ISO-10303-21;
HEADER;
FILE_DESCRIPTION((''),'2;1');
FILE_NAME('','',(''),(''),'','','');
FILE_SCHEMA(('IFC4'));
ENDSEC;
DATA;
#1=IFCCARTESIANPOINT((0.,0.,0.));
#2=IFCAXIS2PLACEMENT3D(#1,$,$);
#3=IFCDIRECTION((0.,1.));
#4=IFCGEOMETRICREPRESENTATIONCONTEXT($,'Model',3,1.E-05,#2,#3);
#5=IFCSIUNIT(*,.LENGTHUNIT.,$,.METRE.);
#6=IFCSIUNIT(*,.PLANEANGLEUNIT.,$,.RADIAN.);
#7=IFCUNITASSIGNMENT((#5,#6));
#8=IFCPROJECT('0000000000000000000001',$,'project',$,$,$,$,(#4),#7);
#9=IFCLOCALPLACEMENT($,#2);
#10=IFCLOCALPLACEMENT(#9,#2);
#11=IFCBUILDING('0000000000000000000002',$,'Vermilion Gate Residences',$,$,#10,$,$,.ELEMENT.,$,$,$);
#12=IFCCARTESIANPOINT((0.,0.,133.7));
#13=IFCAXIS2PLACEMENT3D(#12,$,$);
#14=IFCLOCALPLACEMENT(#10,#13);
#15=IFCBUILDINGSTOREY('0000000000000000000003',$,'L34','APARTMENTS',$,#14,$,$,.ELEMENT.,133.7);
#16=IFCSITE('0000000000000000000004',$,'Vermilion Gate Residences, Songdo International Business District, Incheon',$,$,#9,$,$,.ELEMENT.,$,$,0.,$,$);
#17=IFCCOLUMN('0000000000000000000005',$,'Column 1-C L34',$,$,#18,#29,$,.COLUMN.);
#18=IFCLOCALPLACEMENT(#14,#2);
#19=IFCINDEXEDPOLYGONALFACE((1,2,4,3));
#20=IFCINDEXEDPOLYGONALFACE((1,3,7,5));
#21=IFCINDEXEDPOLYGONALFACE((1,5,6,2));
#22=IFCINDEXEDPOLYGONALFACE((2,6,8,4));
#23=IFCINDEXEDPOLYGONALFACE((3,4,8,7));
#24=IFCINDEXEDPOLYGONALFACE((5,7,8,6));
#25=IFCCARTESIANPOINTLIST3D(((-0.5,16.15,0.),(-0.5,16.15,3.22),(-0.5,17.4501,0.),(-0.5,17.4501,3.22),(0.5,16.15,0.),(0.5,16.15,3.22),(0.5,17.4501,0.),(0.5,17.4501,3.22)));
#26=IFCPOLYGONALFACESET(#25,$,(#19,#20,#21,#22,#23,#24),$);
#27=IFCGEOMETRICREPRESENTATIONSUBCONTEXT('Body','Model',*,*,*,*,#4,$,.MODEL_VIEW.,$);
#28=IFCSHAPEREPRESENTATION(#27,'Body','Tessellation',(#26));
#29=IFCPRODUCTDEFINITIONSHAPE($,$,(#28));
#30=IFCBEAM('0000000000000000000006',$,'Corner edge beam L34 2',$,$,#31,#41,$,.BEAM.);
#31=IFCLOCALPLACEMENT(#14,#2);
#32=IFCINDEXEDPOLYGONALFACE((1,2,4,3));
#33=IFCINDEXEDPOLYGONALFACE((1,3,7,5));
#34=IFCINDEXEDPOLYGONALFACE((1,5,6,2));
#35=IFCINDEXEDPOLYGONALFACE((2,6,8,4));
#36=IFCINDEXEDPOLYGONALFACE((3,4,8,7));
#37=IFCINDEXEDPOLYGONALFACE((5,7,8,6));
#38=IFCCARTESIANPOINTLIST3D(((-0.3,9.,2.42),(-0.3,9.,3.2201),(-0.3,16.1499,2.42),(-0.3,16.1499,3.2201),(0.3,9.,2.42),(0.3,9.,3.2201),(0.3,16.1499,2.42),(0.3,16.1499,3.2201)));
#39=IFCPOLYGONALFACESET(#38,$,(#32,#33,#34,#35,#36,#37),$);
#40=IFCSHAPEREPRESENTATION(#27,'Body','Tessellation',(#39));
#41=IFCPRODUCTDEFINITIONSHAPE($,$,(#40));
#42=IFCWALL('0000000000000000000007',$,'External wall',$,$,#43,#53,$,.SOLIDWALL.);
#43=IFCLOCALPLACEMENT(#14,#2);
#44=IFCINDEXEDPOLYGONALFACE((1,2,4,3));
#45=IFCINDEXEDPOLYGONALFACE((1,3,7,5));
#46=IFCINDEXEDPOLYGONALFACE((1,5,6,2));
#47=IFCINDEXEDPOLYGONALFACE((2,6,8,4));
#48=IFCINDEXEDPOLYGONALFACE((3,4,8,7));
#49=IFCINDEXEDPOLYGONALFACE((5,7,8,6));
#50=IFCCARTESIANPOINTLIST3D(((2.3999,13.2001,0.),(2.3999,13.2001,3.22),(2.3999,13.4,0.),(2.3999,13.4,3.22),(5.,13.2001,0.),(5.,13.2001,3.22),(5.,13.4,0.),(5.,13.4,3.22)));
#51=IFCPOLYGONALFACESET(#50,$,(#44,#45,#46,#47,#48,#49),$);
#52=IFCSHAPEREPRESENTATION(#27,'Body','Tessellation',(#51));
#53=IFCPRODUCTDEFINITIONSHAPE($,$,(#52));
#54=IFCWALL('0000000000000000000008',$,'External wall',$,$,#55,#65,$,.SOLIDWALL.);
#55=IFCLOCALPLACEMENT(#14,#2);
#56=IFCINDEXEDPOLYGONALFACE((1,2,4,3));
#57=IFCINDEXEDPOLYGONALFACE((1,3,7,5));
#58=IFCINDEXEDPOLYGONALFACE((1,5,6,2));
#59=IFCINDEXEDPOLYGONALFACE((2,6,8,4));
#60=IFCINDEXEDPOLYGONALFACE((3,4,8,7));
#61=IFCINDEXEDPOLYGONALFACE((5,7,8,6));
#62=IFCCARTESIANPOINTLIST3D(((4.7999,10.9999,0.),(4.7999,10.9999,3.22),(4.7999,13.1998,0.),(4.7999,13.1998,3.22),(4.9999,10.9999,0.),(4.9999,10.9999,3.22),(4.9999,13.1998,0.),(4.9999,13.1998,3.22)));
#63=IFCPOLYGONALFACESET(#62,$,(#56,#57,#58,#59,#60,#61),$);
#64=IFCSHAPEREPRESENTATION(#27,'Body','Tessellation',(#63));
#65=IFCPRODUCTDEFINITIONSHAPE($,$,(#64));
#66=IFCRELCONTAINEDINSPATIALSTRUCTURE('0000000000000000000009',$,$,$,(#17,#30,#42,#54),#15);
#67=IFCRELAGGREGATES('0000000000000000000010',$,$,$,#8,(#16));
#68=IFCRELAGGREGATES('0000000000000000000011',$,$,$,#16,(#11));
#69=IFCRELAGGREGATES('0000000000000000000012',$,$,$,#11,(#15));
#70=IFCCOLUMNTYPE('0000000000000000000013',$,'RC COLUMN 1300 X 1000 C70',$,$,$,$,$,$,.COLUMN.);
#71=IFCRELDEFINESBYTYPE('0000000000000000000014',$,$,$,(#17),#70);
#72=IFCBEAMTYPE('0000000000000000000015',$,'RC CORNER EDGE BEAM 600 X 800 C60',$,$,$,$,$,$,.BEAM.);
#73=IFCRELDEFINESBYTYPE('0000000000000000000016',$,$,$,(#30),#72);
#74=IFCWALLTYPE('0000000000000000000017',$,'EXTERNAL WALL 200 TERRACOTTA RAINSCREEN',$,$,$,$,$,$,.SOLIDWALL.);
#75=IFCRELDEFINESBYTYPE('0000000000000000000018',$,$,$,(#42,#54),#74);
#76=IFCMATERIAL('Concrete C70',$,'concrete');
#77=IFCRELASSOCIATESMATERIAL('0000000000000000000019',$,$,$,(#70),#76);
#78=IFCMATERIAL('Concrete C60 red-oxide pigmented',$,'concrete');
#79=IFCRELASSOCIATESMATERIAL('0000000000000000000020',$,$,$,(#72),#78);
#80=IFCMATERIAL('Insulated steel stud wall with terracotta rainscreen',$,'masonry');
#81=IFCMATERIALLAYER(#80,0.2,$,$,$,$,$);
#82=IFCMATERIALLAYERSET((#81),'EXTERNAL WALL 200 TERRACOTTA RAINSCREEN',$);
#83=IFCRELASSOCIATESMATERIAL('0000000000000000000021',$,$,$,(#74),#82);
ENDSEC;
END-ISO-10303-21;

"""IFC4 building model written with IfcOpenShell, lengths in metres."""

from ifc_helpers import new_model, si_unit, direction, frame, frame_2d, origin, origin_2d, place, context, subcontext, project, spatial, rectangle, extrude, material, layer, layer_set, material_profile, profile_set, type_object, element, save


model = new_model("IFC4")

# Units and contexts
model_context = context("Model", 3, precision=1e-05, world=origin(), true_north=direction((0.0, 1.0)))
body_context = subcontext(model_context, "Body", "Model", "MODEL_VIEW")
ifc_project = project(units=[si_unit("LENGTHUNIT", "METRE"), si_unit("PLANEANGLEUNIT", "RADIAN")], contexts=[model_context])

# Site, building, storey
site_placement = place(None, origin())
site = spatial("IfcSite", under=ifc_project, at=site_placement, Name="Vermilion Gate Residences, Songdo International Business District, Incheon", CompositionType="ELEMENT", RefElevation=0.0)
building_placement = place(site_placement, origin())
building = spatial("IfcBuilding", under=site, at=building_placement, Name="Vermilion Gate Residences", CompositionType="ELEMENT")
storey_placement = place(building_placement, frame((0.0, 0.0, 133.7)))
storey = spatial("IfcBuildingStorey", under=building, at=storey_placement, Name="L34", Description="APARTMENTS", CompositionType="ELEMENT", Elevation=133.7)

# Column
ifc_material_1 = material(Name="Concrete C70", Category="concrete")
ifc_material_profile_1 = material_profile(ifc_material_1, rectangle(XDim=1.3, YDim=1.0, at=origin_2d()), Name="RC-1300x1000")
ifc_profile_set_1 = profile_set([ifc_material_profile_1], Name="Concrete C70")
column_type = type_object("IfcColumnType", Name="RC COLUMN 1300 X 1000 C70", PredefinedType="COLUMN", material=ifc_profile_set_1)
column_placement = place(storey_placement, frame((0.0, 16.8, 0.0), z_axis=(0.0, 0.0, 1.0), x_axis=(0.0, 1.0, 0.0)))
element("IfcColumn", 1, at=column_placement, inside=storey, type_object=column_type, Name="Column 1-C L34", PredefinedType="COLUMN", context=body_context, shape_type="SweptSolid", body=[
    extrude(rectangle(XDim=1.3, YDim=1.0, at=origin_2d()), origin(), (0.0, 0.0, 1.0), 3.22),
])

# Beam
ifc_material_2 = material(Name="Concrete C60 red-oxide pigmented", Category="concrete")
ifc_material_profile_2 = material_profile(ifc_material_2, rectangle(XDim=0.6001, YDim=0.8, at=origin_2d()), Name="RC-600x800")
ifc_profile_set_2 = profile_set([ifc_material_profile_2], Name="Concrete C60 red-oxide pigmented")
beam_type = type_object("IfcBeamType", Name="RC CORNER EDGE BEAM 600 X 800 C60", PredefinedType="BEAM", material=ifc_profile_set_2)
beam_placement = place(storey_placement, frame((0.0, 9.0, 2.8201), z_axis=(0.0, 1.0, 0.0), x_axis=(-1.0, 0.0, 0.0)))
element("IfcBeam", 2, at=beam_placement, inside=storey, type_object=beam_type, Name="Corner edge beam L34 2", PredefinedType="BEAM", context=body_context, shape_type="SweptSolid", body=[
    extrude(rectangle(XDim=0.6001, YDim=0.8, at=origin_2d()), origin(), (0.0, 0.0, 1.0), 7.1499),
])

# Walls
ifc_material_3 = material(Name="Insulated steel stud wall with terracotta rainscreen", Category="masonry")
ifc_layer_1 = layer(ifc_material_3, 0.2)
ifc_layer_set_1 = layer_set([ifc_layer_1], Name="EXTERNAL WALL 200 TERRACOTTA RAINSCREEN")
wall_type_1 = type_object("IfcWallType", Name="EXTERNAL WALL 200 TERRACOTTA RAINSCREEN", PredefinedType="SOLIDWALL", material=ifc_layer_set_1)
wall_1_placement = place(storey_placement, frame((2.3999, 13.3, 0.0), z_axis=(0.0, 0.0, 1.0), x_axis=(1.0, 0.0, 0.0)))
element("IfcWall", 3, at=wall_1_placement, inside=storey, type_object=wall_type_1, Name="External wall", PredefinedType="SOLIDWALL", context=body_context, shape_type="SweptSolid", body=[
    extrude(rectangle(XDim=2.6001, YDim=0.2, at=frame_2d((1.3, 0.0))), origin(), (0.0, 0.0, 1.0), 3.22),
])
wall_2_placement = place(storey_placement, frame((4.8999, 13.2, 0.0), z_axis=(0.0, 0.0, 1.0), x_axis=(0.0, -1.0, 0.0)))
element("IfcWall", 4, at=wall_2_placement, inside=storey, type_object=wall_type_1, Name="External wall", PredefinedType="SOLIDWALL", context=body_context, shape_type="SweptSolid", body=[
    extrude(rectangle(XDim=2.2, YDim=0.2, at=frame_2d((1.1001, 0.0))), origin(), (0.0, 0.0, 1.0), 3.22),
])

save(model, "model.ifc")
